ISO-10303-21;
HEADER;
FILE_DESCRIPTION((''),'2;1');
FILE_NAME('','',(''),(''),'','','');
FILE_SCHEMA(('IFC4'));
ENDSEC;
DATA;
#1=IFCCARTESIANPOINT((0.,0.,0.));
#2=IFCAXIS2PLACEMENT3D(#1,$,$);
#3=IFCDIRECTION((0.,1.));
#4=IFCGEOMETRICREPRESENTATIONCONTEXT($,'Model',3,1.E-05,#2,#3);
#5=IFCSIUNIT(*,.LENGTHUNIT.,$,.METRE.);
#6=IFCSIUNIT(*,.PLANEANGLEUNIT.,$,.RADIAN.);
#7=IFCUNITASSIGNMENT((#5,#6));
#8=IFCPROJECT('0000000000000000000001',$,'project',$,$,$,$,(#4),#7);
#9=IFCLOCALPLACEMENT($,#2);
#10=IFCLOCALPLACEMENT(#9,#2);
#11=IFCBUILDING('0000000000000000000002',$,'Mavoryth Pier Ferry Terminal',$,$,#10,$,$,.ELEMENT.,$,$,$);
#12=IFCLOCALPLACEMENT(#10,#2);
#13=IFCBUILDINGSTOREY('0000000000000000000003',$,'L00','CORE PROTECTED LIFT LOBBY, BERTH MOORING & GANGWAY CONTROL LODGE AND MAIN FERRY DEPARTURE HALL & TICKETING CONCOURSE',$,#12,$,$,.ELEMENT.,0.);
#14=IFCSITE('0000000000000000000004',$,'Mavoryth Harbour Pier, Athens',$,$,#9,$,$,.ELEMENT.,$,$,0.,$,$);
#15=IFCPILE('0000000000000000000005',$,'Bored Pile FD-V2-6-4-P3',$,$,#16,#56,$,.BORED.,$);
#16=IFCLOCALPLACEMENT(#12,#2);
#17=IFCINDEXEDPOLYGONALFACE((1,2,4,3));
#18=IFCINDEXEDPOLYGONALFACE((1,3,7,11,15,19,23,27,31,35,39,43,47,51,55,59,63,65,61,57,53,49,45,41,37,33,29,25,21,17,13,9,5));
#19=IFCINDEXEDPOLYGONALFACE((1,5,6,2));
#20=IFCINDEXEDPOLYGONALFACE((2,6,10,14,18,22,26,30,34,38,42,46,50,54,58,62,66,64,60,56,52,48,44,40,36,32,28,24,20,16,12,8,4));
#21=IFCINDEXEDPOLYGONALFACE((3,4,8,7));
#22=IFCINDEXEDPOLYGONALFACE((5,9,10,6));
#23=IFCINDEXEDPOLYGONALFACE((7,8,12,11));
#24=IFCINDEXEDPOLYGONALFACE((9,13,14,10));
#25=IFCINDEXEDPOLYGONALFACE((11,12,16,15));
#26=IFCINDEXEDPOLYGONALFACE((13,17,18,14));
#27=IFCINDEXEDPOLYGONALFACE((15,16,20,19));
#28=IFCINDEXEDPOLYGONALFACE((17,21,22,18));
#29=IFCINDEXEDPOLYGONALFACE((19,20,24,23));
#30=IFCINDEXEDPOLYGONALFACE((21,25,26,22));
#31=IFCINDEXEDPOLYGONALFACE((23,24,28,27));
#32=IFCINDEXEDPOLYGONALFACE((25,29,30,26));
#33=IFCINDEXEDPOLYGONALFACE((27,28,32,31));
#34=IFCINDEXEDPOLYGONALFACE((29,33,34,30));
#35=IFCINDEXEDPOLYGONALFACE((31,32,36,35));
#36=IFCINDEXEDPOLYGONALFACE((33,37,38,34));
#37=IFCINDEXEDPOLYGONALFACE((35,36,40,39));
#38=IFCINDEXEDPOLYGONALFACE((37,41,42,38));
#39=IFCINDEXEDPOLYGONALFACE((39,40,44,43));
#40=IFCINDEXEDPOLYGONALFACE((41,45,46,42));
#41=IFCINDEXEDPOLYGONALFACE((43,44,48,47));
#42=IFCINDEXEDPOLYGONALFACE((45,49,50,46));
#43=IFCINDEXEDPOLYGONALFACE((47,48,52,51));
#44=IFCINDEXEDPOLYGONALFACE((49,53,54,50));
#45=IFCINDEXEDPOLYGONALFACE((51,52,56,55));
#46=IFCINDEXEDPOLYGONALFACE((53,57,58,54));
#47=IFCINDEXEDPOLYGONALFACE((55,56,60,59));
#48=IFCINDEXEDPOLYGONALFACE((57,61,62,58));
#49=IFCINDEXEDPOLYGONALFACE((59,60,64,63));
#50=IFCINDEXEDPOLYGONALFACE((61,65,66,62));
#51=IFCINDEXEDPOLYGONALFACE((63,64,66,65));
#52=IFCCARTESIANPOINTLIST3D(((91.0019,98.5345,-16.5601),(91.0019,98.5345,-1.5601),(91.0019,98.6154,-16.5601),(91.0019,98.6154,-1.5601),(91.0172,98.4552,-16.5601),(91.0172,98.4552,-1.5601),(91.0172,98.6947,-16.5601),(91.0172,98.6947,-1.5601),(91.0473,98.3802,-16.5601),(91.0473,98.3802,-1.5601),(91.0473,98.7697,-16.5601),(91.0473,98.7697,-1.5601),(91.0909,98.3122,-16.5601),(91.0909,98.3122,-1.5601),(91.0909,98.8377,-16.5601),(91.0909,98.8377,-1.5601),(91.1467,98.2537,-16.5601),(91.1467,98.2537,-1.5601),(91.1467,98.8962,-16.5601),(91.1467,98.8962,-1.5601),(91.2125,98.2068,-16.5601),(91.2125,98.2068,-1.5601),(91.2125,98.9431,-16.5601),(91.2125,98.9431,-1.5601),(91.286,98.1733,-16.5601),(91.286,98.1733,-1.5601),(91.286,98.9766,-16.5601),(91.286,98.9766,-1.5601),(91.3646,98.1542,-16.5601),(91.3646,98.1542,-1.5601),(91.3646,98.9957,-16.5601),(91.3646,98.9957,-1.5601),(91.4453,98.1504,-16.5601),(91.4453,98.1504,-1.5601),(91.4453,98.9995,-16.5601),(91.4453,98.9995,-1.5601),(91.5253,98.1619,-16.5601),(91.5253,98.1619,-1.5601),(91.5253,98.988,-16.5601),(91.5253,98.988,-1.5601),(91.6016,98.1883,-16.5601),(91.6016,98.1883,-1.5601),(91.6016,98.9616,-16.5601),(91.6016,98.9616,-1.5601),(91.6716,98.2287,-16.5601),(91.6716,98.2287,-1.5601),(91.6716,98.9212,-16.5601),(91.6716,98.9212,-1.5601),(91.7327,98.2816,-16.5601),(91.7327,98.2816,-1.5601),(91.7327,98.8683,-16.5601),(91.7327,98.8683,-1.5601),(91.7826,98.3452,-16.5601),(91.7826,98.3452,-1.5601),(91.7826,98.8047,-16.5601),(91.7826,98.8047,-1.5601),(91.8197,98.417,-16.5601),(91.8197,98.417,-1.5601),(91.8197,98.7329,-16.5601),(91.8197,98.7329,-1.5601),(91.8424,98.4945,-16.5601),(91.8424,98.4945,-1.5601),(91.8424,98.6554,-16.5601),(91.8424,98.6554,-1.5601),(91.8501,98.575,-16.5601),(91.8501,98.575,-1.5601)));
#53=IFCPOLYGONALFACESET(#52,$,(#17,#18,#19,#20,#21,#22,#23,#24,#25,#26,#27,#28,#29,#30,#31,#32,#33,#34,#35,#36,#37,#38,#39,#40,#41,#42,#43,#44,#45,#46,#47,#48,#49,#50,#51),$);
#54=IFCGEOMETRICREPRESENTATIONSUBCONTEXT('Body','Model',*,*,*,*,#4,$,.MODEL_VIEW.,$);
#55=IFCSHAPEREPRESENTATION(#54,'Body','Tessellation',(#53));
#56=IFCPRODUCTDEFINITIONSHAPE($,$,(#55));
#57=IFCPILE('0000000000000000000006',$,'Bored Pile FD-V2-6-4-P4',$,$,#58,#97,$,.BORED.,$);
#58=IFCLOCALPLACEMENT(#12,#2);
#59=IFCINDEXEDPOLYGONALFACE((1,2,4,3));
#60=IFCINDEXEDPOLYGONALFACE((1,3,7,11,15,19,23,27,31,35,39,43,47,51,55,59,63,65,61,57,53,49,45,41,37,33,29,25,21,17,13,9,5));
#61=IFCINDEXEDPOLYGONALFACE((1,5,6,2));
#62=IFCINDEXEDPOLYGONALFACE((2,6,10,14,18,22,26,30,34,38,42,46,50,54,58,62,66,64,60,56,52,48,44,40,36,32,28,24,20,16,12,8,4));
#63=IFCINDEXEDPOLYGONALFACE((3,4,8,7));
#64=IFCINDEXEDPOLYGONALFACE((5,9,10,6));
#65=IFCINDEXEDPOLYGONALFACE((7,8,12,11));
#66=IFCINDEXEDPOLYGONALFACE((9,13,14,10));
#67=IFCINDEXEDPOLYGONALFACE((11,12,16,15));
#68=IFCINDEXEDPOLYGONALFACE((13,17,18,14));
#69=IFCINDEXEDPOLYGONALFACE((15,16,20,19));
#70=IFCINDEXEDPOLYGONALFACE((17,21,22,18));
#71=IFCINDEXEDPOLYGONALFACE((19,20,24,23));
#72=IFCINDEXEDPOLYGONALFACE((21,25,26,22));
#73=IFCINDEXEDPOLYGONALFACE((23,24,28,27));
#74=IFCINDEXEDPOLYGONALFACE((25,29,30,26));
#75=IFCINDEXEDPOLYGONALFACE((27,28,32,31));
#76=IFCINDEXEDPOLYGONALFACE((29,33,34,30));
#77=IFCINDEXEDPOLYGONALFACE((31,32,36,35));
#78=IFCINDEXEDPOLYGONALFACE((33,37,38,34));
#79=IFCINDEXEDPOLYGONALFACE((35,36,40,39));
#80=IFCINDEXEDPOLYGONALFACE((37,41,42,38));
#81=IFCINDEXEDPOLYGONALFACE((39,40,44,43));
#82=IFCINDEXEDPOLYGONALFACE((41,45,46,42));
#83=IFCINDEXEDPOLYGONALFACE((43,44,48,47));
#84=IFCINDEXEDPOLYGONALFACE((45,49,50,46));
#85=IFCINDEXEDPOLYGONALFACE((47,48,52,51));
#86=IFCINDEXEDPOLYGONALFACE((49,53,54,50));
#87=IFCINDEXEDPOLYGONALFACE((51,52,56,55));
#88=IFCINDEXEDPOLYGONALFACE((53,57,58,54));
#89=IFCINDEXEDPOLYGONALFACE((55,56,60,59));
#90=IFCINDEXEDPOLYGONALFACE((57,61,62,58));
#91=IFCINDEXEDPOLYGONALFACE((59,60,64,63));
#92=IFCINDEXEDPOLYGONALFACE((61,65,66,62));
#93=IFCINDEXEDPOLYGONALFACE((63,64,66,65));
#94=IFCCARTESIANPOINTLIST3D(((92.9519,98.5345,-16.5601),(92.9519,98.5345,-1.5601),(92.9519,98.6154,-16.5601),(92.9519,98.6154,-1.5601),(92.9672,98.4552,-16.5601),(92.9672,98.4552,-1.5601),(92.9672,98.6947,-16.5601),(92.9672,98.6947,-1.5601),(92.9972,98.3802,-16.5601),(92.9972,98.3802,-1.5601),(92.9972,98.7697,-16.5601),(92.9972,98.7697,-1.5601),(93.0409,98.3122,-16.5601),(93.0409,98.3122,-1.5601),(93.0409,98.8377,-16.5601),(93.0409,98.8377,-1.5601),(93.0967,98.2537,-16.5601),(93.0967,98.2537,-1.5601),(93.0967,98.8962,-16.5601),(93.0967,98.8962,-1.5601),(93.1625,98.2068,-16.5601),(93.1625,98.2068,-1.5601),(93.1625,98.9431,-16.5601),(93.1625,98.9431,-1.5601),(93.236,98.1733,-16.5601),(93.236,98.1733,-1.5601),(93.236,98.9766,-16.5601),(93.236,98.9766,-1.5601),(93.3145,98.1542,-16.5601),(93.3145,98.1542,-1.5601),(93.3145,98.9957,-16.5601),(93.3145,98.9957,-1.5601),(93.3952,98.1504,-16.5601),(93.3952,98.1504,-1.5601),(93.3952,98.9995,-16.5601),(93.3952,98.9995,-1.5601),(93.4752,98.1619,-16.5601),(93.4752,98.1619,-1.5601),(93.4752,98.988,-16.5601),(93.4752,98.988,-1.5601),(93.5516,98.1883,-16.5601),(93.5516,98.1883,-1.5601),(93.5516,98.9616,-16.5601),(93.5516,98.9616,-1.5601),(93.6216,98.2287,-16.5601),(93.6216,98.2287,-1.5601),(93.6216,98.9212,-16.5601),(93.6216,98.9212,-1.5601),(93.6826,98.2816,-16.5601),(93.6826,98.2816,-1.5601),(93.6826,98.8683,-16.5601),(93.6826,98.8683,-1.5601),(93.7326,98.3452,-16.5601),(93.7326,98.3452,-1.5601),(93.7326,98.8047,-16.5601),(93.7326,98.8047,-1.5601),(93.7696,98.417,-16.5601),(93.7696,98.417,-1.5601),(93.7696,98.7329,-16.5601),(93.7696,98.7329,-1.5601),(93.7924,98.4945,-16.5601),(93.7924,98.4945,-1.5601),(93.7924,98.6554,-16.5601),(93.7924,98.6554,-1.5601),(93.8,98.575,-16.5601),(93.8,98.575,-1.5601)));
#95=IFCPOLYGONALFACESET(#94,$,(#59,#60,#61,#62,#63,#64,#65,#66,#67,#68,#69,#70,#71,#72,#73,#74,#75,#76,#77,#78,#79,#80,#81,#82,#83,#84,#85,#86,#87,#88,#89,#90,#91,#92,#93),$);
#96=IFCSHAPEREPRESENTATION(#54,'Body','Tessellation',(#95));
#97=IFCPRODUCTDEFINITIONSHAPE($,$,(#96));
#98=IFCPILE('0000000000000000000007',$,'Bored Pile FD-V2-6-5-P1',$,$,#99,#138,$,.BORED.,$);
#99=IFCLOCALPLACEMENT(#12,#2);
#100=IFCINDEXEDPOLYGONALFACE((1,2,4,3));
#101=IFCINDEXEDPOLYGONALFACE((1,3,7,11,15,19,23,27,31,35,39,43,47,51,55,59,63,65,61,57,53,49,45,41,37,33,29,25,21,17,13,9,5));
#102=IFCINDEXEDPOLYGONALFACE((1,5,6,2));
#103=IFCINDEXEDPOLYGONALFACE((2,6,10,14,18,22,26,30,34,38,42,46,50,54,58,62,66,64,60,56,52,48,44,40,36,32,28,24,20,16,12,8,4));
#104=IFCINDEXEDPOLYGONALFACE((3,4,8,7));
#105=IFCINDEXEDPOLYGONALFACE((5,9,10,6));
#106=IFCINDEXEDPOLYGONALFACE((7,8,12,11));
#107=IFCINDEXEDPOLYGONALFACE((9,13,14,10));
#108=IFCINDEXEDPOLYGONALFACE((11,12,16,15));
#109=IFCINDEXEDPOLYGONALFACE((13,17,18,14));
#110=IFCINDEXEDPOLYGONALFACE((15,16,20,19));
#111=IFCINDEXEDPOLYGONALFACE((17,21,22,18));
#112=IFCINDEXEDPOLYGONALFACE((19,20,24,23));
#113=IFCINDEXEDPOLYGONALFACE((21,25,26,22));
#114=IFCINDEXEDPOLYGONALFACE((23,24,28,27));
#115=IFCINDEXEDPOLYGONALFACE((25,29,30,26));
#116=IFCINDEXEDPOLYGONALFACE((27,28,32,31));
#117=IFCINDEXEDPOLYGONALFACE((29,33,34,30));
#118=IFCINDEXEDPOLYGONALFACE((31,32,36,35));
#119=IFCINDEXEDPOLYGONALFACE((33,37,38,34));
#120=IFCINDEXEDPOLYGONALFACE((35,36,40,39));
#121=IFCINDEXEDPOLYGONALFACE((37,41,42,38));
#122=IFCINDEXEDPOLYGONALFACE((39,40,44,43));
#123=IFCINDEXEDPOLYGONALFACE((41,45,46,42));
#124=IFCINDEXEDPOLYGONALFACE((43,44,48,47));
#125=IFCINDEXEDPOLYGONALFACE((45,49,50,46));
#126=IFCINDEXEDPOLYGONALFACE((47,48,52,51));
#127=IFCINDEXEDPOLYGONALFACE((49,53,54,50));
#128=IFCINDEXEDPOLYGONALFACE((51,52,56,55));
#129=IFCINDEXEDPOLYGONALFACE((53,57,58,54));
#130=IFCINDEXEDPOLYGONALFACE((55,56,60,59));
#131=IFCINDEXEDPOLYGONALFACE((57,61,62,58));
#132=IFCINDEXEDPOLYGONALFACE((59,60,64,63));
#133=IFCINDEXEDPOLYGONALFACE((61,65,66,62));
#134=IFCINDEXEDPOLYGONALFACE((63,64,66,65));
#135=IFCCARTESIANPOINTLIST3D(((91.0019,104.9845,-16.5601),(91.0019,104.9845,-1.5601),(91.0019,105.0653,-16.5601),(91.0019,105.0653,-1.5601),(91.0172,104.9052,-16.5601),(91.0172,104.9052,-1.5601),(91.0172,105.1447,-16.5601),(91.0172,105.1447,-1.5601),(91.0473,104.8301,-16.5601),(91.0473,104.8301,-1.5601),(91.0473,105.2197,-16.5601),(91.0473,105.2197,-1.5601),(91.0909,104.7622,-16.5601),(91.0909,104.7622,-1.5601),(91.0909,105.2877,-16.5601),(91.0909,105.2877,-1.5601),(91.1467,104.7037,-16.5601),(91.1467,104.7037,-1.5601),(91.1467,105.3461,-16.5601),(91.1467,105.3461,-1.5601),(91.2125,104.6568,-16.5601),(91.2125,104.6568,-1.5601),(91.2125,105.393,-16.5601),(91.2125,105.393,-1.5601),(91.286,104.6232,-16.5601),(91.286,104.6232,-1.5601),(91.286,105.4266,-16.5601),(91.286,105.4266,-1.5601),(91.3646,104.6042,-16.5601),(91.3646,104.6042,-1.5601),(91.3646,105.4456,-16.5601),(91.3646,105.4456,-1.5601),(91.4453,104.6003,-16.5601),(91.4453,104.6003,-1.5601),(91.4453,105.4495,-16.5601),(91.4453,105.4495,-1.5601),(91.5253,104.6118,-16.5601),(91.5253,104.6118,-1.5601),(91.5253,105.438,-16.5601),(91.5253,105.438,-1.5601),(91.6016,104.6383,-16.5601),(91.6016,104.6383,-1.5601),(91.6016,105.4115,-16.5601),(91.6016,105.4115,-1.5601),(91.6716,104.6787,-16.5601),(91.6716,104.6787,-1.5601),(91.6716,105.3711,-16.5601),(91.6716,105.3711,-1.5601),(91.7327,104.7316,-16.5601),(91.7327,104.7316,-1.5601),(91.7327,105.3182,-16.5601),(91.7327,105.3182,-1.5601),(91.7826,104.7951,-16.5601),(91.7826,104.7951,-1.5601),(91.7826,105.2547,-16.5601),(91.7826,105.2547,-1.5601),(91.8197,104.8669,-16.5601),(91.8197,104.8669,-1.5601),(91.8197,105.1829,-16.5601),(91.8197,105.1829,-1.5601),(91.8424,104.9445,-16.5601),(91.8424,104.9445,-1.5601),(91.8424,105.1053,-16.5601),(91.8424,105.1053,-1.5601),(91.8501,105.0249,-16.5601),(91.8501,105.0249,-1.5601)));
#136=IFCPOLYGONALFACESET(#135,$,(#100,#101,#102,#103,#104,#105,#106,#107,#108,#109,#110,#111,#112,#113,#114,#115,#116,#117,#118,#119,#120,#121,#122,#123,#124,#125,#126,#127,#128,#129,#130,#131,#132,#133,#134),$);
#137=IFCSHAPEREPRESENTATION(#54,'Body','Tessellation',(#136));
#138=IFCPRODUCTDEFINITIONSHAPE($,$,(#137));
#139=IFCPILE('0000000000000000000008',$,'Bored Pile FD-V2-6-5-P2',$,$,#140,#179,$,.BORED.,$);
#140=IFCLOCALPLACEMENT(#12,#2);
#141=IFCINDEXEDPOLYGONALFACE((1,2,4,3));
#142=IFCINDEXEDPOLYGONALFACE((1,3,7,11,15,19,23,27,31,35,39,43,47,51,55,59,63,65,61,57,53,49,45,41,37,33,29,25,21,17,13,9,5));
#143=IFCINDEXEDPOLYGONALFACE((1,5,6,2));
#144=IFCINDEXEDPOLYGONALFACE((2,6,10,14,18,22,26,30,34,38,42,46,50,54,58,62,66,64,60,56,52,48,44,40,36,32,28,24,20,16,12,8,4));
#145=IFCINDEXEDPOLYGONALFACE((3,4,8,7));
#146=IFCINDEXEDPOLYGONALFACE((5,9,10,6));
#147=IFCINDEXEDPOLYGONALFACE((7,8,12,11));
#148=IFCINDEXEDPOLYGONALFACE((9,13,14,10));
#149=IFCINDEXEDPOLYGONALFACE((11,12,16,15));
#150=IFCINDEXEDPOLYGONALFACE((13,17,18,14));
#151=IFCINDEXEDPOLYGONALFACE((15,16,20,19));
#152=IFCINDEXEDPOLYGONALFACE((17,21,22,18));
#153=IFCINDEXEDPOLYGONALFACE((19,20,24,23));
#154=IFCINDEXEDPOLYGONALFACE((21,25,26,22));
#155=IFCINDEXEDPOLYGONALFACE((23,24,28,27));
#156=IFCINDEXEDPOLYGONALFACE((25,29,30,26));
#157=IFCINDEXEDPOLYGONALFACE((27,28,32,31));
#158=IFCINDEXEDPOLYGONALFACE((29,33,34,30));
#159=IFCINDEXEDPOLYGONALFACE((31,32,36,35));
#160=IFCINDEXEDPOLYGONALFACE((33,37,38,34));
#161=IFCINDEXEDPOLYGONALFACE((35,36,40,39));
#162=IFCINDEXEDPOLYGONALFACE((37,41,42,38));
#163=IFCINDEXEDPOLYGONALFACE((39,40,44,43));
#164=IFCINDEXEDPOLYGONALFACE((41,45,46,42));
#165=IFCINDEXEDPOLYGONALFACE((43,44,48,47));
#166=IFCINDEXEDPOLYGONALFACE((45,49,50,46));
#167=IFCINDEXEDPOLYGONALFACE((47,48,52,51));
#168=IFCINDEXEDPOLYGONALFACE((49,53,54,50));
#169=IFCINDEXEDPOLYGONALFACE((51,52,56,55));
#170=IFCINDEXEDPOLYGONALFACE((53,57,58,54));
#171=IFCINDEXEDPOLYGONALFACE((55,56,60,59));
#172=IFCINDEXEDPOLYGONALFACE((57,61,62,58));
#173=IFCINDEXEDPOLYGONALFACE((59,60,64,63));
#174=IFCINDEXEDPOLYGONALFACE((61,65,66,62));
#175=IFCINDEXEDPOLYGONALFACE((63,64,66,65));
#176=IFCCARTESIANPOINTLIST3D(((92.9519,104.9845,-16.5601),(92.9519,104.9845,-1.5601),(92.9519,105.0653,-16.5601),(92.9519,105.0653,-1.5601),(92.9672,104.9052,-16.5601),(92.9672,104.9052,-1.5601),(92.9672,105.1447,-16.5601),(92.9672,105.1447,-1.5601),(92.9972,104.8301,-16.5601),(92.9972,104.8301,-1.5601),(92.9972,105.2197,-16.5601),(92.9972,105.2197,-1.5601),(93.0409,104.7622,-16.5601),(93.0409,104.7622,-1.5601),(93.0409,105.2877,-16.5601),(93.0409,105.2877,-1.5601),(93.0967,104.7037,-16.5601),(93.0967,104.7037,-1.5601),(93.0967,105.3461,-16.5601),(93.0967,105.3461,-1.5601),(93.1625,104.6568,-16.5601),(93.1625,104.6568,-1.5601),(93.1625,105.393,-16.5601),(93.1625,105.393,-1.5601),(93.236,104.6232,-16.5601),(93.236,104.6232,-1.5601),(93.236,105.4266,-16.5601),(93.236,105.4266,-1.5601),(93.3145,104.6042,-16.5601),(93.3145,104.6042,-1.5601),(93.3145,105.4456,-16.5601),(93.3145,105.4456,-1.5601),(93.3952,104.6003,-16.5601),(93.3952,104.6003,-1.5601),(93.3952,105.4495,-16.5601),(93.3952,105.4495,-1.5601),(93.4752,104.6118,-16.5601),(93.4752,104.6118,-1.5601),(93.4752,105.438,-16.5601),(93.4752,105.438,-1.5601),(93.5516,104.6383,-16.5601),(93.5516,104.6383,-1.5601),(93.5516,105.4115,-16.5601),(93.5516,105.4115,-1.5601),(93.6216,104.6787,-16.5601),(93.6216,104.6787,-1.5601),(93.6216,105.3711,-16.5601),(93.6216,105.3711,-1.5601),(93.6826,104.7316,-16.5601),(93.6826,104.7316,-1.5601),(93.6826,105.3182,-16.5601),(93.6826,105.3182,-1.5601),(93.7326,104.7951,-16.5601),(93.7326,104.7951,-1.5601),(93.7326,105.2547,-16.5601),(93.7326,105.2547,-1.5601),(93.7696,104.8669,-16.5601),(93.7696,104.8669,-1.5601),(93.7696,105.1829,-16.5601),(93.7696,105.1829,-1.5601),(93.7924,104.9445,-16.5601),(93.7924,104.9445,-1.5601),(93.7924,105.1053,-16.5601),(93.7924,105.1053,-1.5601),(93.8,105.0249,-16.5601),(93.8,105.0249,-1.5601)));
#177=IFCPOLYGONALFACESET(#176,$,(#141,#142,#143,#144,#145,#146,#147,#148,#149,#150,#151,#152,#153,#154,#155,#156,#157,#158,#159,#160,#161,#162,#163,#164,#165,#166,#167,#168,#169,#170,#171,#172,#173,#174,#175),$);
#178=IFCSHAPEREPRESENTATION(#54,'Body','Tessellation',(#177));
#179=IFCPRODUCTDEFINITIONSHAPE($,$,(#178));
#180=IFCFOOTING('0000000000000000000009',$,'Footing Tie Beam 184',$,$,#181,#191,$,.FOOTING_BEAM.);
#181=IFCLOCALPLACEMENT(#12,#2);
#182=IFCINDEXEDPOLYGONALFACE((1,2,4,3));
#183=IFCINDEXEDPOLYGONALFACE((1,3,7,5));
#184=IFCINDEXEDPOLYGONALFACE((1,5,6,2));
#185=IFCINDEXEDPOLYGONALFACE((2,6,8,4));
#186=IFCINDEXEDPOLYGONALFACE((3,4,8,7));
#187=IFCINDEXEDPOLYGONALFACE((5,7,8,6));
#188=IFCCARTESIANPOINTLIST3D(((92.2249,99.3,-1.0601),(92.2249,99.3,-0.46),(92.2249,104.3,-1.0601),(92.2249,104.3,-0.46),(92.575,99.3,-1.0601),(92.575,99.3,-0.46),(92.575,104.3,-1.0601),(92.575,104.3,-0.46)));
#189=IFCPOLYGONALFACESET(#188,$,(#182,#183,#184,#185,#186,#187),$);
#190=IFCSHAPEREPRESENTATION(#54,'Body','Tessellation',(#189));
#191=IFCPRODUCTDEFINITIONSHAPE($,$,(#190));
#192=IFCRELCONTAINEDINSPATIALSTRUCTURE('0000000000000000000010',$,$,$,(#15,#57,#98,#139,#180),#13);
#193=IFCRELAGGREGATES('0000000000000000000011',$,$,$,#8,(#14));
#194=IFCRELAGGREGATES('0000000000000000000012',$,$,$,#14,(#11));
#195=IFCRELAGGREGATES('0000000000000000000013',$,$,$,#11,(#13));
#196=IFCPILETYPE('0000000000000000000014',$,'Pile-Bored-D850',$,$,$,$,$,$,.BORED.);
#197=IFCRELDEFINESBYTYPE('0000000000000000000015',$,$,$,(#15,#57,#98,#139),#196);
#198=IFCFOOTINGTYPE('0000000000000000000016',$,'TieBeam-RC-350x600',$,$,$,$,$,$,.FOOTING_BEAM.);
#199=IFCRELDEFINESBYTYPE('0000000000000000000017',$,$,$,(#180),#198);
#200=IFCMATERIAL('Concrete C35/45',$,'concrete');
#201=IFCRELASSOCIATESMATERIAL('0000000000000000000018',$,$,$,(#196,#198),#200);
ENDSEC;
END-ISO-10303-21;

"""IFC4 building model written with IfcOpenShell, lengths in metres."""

from ifc_helpers import new_model, si_unit, direction, frame, origin, origin_2d, place, context, subcontext, project, spatial, rectangle, circle, extrude, material, material_profile, profile_set, type_object, element, save


model = new_model("IFC4")

# Units and contexts
model_context = context("Model", 3, precision=1e-05, world=origin(), true_north=direction((0.0, 1.0)))
body_context = subcontext(model_context, "Body", "Model", "MODEL_VIEW")
ifc_project = project(units=[si_unit("LENGTHUNIT", "METRE"), si_unit("PLANEANGLEUNIT", "RADIAN")], contexts=[model_context])

# Site, building, storey
site_placement = place(None, origin())
site = spatial("IfcSite", under=ifc_project, at=site_placement, Name="Mavoryth Harbour Pier, Athens", CompositionType="ELEMENT", RefElevation=0.0)
building_placement = place(site_placement, origin())
building = spatial("IfcBuilding", under=site, at=building_placement, Name="Mavoryth Pier Ferry Terminal", CompositionType="ELEMENT")
storey_placement = place(building_placement, origin())
storey = spatial("IfcBuildingStorey", under=building, at=storey_placement, Name="L00", Description="CORE PROTECTED LIFT LOBBY, BERTH MOORING & GANGWAY CONTROL LODGE AND MAIN FERRY DEPARTURE HALL & TICKETING CONCOURSE", CompositionType="ELEMENT", Elevation=0.0)

# Piles
ifc_material_1 = material(Name="Concrete C35/45", Category="concrete")
ifc_material_profile_1 = material_profile(ifc_material_1, circle(Radius=0.425, at=origin_2d()), Name="PILE D850", Category="concrete")
ifc_profile_set_1 = profile_set([ifc_material_profile_1], Name="Concrete C35/45 - PILE D850")
pile_type = type_object("IfcPileType", Name="Pile-Bored-D850", PredefinedType="BORED", material=ifc_profile_set_1)
for number, where, z_axis, x_axis, name in (
    (1, (91.425, 98.575, -1.5601), (0.0, 0.0, -1.0), (1.0, 0.0, 0.0), "Bored Pile FD-V2-6-4-P3"),
    (2, (93.375, 98.575, -1.5601), (0.0, 0.0, -1.0), (1.0, 0.0, 0.0), "Bored Pile FD-V2-6-4-P4"),
    (3, (91.425, 105.0249, -1.5601), (0.0, 0.0, -1.0), (1.0, 0.0, 0.0), "Bored Pile FD-V2-6-5-P1"),
    (4, (93.375, 105.0249, -1.5601), (0.0, 0.0, -1.0), (1.0, 0.0, 0.0), "Bored Pile FD-V2-6-5-P2"),
):
    element("IfcPile", number, at=place(storey_placement, frame(where, z_axis=z_axis, x_axis=x_axis)), inside=storey, type_object=pile_type, Name=name, PredefinedType="BORED", context=body_context, shape_type="SweptSolid", body=[
        extrude(circle(Radius=0.425, at=origin_2d()), origin(), (0.0, 0.0, 1.0), 15.0),
    ])

# Footing
ifc_material_profile_2 = material_profile(ifc_material_1, rectangle(XDim=0.3501, YDim=0.6001, at=origin_2d()), Name="RC 350x600", Category="concrete")
ifc_profile_set_2 = profile_set([ifc_material_profile_2], Name="Concrete C35/45 - RC 350x600")
footing_type = type_object("IfcFootingType", Name="TieBeam-RC-350x600", PredefinedType="FOOTING_BEAM", material=ifc_profile_set_2)
footing_placement = place(storey_placement, frame((92.3999, 99.3, -0.76), z_axis=(0.0, 1.0, 0.0), x_axis=(-1.0, 0.0, 0.0)))
element("IfcFooting", 5, at=footing_placement, inside=storey, type_object=footing_type, Name="Footing Tie Beam 184", PredefinedType="FOOTING_BEAM", context=body_context, shape_type="SweptSolid", body=[
    extrude(rectangle(XDim=0.3501, YDim=0.6001, at=origin_2d()), origin(), (0.0, 0.0, 1.0), 5.0),
])

save(model, "model.ifc")
